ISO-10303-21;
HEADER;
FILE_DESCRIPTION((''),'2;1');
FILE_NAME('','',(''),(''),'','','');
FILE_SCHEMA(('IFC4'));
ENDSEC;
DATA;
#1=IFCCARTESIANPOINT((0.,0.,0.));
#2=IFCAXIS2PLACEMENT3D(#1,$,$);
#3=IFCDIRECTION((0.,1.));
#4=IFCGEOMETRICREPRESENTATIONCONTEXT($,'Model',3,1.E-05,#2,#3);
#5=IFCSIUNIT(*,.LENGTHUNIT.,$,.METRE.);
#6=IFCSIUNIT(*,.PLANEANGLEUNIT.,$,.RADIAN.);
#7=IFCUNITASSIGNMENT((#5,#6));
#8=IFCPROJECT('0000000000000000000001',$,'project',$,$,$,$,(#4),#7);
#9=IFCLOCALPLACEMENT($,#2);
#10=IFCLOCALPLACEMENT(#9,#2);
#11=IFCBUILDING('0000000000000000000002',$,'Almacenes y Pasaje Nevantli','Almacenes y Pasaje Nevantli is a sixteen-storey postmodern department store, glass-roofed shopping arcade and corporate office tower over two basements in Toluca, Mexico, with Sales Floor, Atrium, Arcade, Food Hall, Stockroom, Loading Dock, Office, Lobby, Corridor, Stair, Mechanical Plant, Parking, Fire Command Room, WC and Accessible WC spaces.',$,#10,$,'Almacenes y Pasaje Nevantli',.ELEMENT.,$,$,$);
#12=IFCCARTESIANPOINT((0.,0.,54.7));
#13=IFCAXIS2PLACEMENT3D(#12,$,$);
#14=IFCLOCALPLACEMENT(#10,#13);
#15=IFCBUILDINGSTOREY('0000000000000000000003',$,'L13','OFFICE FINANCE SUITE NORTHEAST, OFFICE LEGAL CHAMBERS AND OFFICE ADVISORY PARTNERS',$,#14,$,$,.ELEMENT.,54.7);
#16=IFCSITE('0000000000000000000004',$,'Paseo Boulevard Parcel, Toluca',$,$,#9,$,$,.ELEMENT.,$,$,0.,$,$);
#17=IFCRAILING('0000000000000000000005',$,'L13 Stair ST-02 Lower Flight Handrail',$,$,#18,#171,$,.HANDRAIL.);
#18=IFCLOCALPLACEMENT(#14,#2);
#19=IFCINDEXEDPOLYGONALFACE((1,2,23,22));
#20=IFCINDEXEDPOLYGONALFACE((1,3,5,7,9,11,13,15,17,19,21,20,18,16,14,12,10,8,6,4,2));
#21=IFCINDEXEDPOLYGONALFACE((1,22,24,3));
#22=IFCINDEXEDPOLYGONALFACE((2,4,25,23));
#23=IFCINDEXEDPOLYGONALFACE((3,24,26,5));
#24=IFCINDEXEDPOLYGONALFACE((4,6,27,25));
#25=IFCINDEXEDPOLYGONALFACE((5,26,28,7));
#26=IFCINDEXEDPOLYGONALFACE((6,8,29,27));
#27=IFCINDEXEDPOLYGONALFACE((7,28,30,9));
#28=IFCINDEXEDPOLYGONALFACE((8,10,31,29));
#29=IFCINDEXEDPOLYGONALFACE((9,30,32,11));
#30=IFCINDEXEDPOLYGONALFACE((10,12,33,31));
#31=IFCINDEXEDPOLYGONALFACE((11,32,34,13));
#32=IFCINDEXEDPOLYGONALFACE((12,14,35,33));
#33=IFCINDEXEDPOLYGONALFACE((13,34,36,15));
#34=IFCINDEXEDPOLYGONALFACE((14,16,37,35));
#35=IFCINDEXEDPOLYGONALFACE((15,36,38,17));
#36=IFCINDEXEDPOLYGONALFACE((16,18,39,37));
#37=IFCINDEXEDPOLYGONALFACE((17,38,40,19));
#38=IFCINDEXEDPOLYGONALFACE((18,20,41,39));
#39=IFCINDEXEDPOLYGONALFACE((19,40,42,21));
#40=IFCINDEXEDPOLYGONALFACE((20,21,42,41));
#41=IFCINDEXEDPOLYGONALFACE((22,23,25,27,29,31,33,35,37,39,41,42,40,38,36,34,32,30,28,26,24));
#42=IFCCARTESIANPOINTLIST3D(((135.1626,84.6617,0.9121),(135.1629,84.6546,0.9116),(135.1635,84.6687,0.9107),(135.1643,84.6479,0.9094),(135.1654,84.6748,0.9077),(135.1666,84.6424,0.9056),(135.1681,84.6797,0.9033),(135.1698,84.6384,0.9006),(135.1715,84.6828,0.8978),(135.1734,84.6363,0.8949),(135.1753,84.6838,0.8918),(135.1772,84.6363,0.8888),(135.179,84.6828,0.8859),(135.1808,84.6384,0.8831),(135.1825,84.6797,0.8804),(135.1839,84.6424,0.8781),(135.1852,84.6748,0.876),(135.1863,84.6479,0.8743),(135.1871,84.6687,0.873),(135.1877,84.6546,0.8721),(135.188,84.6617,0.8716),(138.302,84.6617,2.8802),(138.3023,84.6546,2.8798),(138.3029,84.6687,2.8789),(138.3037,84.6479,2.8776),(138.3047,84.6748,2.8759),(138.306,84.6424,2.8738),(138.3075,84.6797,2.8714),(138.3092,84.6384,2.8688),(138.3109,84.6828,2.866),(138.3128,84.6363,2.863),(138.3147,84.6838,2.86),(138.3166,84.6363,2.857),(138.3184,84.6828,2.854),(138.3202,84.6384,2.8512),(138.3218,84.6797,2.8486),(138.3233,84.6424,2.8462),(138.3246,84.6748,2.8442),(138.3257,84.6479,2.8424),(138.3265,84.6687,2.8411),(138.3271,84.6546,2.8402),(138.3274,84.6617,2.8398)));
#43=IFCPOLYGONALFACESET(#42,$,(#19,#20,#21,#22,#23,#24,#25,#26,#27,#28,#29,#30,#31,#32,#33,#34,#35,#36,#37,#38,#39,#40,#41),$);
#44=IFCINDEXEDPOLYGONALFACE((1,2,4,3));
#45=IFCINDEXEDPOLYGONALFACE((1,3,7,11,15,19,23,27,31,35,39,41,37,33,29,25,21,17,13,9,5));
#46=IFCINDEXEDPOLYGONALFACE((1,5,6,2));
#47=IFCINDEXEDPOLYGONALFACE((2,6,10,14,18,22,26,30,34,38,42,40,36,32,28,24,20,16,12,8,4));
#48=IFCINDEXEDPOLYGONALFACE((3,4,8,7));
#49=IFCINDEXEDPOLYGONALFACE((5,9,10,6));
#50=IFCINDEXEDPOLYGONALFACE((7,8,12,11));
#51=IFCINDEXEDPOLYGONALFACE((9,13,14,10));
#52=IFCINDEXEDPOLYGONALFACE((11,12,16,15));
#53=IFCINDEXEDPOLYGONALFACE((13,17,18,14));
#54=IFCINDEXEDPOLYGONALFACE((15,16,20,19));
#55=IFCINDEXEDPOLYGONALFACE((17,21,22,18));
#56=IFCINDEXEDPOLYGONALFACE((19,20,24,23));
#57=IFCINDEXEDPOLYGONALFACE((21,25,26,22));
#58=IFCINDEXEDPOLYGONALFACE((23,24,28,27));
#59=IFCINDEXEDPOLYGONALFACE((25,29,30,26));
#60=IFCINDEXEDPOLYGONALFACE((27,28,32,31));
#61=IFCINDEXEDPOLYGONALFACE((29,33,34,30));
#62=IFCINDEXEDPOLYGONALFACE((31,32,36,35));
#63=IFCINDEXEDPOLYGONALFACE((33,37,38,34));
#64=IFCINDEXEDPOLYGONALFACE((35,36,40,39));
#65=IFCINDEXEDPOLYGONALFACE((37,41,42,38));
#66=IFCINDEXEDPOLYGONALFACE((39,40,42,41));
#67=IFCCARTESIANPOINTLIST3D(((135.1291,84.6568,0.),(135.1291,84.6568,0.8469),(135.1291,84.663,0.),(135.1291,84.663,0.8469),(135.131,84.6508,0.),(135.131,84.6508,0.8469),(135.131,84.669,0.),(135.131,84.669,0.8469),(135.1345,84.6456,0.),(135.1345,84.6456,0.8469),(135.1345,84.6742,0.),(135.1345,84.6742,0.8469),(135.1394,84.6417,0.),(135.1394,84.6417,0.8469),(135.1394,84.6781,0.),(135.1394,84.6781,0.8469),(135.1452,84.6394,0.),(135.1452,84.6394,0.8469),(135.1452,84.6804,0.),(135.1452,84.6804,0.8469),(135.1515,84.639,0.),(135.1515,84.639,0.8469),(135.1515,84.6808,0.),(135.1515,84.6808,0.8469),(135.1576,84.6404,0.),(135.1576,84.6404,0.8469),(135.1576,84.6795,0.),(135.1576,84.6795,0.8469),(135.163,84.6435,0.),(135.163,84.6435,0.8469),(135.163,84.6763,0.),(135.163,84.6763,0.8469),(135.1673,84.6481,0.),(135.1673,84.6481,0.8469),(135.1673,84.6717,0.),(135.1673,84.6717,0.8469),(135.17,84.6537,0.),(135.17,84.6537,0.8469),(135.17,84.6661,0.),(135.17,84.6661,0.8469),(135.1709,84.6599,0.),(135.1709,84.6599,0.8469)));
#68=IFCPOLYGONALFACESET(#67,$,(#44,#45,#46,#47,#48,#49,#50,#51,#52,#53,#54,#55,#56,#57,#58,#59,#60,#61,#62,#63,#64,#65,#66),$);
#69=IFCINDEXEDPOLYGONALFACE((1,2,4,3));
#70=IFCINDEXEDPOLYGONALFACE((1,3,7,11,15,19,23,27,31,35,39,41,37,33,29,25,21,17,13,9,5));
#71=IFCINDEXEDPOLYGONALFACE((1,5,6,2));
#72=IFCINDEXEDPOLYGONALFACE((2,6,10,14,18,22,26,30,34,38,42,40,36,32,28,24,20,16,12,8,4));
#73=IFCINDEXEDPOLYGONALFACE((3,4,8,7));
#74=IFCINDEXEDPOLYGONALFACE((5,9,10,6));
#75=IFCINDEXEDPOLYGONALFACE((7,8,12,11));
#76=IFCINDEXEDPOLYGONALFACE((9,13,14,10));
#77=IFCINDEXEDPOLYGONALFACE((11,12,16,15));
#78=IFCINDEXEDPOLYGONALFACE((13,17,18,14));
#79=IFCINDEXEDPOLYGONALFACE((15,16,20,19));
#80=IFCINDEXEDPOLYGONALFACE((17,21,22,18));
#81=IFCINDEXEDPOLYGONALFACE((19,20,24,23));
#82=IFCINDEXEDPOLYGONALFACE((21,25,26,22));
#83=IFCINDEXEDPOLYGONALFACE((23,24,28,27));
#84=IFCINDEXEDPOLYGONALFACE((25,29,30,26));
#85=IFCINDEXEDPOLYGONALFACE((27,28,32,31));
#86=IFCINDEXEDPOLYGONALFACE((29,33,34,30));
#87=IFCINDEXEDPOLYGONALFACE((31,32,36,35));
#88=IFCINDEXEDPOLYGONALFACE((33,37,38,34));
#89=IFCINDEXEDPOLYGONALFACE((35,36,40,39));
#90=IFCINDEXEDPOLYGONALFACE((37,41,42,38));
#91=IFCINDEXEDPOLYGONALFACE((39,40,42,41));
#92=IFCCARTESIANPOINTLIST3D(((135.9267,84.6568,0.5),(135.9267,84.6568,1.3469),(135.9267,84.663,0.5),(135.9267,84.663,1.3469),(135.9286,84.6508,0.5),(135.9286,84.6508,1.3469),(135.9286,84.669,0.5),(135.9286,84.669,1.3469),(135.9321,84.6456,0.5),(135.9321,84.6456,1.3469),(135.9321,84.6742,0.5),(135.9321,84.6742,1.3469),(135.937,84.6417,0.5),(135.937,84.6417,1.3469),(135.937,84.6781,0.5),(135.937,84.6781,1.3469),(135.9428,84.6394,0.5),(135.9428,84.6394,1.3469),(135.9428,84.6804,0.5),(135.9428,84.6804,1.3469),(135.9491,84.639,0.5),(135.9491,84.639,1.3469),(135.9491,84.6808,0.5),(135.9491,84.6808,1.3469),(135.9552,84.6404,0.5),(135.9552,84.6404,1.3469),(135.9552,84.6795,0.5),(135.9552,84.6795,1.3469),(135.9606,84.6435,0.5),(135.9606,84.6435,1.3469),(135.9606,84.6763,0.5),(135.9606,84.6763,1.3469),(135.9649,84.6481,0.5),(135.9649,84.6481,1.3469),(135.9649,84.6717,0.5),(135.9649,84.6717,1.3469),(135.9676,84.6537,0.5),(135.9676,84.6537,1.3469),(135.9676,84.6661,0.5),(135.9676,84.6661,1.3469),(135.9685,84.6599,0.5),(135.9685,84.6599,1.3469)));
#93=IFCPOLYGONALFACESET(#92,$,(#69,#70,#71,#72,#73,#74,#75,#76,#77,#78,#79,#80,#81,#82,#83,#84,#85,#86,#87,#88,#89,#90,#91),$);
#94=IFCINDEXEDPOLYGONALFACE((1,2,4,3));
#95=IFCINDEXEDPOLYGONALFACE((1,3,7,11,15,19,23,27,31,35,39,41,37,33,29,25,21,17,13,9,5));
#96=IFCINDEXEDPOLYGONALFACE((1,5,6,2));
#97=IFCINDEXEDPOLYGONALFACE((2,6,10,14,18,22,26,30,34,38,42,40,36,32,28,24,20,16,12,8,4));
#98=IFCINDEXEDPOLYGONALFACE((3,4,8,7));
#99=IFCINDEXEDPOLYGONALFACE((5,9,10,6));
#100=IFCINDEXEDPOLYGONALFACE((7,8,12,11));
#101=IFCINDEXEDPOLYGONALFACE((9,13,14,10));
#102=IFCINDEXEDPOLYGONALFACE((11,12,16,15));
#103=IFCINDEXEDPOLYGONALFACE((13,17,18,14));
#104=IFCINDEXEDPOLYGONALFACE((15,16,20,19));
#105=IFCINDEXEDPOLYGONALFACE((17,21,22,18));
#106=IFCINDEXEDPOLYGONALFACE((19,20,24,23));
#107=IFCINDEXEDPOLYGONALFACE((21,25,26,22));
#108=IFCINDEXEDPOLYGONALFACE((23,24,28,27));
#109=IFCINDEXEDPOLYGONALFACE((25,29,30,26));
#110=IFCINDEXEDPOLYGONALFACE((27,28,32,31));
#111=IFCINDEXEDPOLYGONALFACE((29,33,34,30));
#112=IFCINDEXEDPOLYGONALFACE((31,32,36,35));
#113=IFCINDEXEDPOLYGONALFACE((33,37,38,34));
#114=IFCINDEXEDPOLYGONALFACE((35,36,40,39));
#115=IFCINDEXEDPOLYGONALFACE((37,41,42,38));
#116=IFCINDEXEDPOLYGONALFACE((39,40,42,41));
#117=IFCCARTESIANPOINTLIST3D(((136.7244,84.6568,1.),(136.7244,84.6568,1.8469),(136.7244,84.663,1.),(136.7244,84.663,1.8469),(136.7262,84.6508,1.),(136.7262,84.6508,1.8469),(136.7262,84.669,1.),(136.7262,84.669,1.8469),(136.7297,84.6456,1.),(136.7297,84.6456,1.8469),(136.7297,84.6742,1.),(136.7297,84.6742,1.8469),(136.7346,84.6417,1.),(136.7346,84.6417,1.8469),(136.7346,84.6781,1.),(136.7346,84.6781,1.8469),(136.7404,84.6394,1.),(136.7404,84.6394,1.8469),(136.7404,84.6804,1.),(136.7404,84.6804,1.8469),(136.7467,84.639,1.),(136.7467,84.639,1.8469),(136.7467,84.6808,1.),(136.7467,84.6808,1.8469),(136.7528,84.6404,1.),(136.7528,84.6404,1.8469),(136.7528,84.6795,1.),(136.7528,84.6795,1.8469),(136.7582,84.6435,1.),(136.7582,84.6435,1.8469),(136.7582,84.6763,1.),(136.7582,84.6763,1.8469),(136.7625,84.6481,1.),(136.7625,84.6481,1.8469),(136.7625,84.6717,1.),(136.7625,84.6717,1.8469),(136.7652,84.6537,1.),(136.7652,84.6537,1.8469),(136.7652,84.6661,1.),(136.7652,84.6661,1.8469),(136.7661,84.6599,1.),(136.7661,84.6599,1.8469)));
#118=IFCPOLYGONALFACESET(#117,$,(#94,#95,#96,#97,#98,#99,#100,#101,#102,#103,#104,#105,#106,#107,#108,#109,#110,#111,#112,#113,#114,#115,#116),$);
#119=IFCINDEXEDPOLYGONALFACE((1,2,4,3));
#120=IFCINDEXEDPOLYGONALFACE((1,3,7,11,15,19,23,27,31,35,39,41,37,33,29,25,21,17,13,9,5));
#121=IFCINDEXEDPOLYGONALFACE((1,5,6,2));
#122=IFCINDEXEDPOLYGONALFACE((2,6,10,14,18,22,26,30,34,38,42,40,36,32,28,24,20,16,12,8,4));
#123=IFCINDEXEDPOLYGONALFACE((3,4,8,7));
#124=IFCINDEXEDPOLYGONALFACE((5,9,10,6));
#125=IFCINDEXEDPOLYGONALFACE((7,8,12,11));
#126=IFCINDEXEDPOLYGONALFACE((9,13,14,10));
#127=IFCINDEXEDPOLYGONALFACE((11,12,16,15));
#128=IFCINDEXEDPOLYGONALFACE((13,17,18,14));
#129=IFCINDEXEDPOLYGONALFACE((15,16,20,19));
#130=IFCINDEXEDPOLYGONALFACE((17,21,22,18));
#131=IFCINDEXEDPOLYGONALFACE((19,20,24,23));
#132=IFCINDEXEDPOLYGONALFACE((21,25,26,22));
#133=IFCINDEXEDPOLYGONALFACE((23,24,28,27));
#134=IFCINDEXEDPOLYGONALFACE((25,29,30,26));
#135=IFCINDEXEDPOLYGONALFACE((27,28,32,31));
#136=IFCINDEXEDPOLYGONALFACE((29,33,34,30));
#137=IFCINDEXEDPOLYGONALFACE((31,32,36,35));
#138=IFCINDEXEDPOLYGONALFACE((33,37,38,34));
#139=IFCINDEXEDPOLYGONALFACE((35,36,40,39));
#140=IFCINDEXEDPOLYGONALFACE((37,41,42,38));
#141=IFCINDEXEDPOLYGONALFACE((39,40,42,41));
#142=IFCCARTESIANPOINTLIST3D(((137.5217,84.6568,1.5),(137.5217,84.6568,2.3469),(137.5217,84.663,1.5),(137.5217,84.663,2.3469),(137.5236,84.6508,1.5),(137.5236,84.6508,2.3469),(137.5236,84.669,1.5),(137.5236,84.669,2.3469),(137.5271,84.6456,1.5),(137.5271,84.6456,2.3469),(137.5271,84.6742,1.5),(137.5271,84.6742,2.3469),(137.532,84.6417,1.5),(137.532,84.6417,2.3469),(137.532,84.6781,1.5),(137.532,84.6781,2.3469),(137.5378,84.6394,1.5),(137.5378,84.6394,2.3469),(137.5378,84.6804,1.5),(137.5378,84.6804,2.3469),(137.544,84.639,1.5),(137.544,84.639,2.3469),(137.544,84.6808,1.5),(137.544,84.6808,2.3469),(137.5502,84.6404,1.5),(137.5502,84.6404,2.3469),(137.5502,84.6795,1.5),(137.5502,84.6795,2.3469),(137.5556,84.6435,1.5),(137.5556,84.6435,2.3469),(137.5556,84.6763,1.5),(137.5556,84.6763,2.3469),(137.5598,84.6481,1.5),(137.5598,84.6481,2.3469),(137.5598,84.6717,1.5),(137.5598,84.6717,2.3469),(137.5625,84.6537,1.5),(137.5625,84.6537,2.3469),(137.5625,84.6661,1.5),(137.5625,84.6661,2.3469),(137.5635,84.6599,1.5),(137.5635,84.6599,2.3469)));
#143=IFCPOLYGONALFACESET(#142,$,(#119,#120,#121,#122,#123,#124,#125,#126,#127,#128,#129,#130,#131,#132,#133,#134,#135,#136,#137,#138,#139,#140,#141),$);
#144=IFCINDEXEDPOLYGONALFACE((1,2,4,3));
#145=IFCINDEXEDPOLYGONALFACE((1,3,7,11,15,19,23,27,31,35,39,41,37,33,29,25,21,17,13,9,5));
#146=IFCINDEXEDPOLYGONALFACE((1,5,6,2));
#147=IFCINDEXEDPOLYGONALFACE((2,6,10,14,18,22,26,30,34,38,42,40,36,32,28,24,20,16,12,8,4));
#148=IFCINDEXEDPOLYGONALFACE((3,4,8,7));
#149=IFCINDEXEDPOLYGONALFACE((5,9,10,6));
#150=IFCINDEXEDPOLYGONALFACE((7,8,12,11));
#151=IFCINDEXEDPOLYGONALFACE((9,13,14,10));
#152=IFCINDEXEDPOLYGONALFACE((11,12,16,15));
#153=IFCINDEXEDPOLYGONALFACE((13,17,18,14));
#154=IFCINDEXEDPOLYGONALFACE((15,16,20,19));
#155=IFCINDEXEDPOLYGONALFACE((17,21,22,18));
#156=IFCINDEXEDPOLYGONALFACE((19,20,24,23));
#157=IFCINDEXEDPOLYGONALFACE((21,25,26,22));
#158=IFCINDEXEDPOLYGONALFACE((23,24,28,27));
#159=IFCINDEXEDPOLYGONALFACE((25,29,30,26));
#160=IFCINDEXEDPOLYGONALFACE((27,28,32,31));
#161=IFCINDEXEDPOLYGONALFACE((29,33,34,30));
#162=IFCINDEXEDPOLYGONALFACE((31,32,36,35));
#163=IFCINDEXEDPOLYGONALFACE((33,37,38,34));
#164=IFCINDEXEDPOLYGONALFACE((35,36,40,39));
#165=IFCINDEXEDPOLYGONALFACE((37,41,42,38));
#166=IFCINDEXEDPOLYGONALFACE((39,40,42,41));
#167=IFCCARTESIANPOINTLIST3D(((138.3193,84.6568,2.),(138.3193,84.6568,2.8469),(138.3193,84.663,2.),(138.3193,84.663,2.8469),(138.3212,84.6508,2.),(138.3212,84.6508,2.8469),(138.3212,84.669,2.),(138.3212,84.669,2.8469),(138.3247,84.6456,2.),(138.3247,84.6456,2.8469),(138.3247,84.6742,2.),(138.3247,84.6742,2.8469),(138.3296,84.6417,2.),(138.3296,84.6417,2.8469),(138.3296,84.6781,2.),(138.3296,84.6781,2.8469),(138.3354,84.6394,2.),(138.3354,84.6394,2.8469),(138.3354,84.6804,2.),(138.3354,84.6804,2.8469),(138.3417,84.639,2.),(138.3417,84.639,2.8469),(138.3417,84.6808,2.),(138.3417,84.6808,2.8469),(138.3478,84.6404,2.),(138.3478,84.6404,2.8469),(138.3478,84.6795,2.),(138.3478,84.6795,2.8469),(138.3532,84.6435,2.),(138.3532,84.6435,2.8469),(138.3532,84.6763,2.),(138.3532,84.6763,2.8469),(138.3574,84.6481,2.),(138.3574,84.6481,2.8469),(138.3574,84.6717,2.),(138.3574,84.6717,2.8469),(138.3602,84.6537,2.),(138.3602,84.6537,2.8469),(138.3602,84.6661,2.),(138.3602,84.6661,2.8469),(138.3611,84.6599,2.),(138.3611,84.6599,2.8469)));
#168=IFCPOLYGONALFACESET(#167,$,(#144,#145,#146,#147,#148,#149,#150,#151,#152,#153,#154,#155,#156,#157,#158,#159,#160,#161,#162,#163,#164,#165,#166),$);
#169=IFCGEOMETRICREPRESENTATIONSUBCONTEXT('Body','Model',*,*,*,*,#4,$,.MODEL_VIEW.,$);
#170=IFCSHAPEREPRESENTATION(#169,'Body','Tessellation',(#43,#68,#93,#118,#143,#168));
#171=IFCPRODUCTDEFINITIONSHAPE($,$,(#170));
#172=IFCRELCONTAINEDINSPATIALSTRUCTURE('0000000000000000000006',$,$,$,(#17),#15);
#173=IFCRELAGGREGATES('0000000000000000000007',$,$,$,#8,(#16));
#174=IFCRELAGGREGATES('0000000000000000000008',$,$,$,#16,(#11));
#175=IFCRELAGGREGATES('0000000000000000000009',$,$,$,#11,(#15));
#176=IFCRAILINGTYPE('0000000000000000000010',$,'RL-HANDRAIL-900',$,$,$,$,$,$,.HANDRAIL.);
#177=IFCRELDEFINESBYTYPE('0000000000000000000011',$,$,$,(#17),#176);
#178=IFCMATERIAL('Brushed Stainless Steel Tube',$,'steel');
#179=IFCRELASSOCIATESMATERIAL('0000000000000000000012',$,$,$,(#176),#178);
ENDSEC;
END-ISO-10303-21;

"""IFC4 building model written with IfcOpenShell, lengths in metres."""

from ifc_helpers import new_model, si_unit, direction, frame, origin, origin_2d, place, context, subcontext, project, spatial, circle, extrude, material, type_object, element, save


model = new_model("IFC4")

# Units and contexts
model_context = context("Model", 3, precision=1e-05, world=origin(), true_north=direction((0.0, 1.0)))
body_context = subcontext(model_context, "Body", "Model", "MODEL_VIEW")
ifc_project = project(units=[si_unit("LENGTHUNIT", "METRE"), si_unit("PLANEANGLEUNIT", "RADIAN")], contexts=[model_context])

# Site, building, storey
site_placement = place(None, origin())
site = spatial("IfcSite", under=ifc_project, at=site_placement, Name="Paseo Boulevard Parcel, Toluca", CompositionType="ELEMENT", RefElevation=0.0)
building_placement = place(site_placement, origin())
building = spatial("IfcBuilding", under=site, at=building_placement, Name="Almacenes y Pasaje Nevantli", Description="Almacenes y Pasaje Nevantli is a sixteen-storey postmodern department store, glass-roofed shopping arcade and corporate office tower over two basements in Toluca, Mexico, with Sales Floor, Atrium, Arcade, Food Hall, Stockroom, Loading Dock, Office, Lobby, Corridor, Stair, Mechanical Plant, Parking, Fire Command Room, WC and Accessible WC spaces.", LongName="Almacenes y Pasaje Nevantli", CompositionType="ELEMENT")
storey_placement = place(building_placement, frame((0.0, 0.0, 54.7)))
storey = spatial("IfcBuildingStorey", under=building, at=storey_placement, Name="L13", Description="OFFICE FINANCE SUITE NORTHEAST, OFFICE LEGAL CHAMBERS AND OFFICE ADVISORY PARTNERS", CompositionType="ELEMENT", Elevation=54.7)

# Railing
ifc_material_1 = material(Name="Brushed Stainless Steel Tube", Category="steel")
railing_type = type_object("IfcRailingType", Name="RL-HANDRAIL-900", PredefinedType="HANDRAIL", material=ifc_material_1)
railing_placement = place(storey_placement, frame((135.1499, 84.6599, 0.0)))
element("IfcRailing", 1, at=railing_placement, inside=storey, type_object=railing_type, Name="L13 Stair ST-02 Lower Flight Handrail", PredefinedType="HANDRAIL", context=body_context, shape_type="SweptSolid", body=[
    extrude(circle(Radius=0.0239, at=origin_2d()), frame((0.0254, 0.0, 0.8918), z_axis=(0.847265, 0.0, 0.53117), x_axis=(0.0, 1.0, 0.0)), (0.0, 0.0, 1.0), 3.7053),
    extrude(circle(Radius=0.021, at=origin_2d()), origin(), (0.0, 0.0, 1.0), 0.8469),
    extrude(circle(Radius=0.021, at=origin_2d()), frame((0.7976, 0.0, 0.5)), (0.0, 0.0, 1.0), 0.8469),
    extrude(circle(Radius=0.021, at=origin_2d()), frame((1.5952, 0.0, 1.0)), (0.0, 0.0, 1.0), 0.8469),
    extrude(circle(Radius=0.021, at=origin_2d()), frame((2.3926, 0.0, 1.5)), (0.0, 0.0, 1.0), 0.8469),
    extrude(circle(Radius=0.021, at=origin_2d()), frame((3.1902, 0.0, 2.0)), (0.0, 0.0, 1.0), 0.8469),
])

save(model, "model.ifc")
